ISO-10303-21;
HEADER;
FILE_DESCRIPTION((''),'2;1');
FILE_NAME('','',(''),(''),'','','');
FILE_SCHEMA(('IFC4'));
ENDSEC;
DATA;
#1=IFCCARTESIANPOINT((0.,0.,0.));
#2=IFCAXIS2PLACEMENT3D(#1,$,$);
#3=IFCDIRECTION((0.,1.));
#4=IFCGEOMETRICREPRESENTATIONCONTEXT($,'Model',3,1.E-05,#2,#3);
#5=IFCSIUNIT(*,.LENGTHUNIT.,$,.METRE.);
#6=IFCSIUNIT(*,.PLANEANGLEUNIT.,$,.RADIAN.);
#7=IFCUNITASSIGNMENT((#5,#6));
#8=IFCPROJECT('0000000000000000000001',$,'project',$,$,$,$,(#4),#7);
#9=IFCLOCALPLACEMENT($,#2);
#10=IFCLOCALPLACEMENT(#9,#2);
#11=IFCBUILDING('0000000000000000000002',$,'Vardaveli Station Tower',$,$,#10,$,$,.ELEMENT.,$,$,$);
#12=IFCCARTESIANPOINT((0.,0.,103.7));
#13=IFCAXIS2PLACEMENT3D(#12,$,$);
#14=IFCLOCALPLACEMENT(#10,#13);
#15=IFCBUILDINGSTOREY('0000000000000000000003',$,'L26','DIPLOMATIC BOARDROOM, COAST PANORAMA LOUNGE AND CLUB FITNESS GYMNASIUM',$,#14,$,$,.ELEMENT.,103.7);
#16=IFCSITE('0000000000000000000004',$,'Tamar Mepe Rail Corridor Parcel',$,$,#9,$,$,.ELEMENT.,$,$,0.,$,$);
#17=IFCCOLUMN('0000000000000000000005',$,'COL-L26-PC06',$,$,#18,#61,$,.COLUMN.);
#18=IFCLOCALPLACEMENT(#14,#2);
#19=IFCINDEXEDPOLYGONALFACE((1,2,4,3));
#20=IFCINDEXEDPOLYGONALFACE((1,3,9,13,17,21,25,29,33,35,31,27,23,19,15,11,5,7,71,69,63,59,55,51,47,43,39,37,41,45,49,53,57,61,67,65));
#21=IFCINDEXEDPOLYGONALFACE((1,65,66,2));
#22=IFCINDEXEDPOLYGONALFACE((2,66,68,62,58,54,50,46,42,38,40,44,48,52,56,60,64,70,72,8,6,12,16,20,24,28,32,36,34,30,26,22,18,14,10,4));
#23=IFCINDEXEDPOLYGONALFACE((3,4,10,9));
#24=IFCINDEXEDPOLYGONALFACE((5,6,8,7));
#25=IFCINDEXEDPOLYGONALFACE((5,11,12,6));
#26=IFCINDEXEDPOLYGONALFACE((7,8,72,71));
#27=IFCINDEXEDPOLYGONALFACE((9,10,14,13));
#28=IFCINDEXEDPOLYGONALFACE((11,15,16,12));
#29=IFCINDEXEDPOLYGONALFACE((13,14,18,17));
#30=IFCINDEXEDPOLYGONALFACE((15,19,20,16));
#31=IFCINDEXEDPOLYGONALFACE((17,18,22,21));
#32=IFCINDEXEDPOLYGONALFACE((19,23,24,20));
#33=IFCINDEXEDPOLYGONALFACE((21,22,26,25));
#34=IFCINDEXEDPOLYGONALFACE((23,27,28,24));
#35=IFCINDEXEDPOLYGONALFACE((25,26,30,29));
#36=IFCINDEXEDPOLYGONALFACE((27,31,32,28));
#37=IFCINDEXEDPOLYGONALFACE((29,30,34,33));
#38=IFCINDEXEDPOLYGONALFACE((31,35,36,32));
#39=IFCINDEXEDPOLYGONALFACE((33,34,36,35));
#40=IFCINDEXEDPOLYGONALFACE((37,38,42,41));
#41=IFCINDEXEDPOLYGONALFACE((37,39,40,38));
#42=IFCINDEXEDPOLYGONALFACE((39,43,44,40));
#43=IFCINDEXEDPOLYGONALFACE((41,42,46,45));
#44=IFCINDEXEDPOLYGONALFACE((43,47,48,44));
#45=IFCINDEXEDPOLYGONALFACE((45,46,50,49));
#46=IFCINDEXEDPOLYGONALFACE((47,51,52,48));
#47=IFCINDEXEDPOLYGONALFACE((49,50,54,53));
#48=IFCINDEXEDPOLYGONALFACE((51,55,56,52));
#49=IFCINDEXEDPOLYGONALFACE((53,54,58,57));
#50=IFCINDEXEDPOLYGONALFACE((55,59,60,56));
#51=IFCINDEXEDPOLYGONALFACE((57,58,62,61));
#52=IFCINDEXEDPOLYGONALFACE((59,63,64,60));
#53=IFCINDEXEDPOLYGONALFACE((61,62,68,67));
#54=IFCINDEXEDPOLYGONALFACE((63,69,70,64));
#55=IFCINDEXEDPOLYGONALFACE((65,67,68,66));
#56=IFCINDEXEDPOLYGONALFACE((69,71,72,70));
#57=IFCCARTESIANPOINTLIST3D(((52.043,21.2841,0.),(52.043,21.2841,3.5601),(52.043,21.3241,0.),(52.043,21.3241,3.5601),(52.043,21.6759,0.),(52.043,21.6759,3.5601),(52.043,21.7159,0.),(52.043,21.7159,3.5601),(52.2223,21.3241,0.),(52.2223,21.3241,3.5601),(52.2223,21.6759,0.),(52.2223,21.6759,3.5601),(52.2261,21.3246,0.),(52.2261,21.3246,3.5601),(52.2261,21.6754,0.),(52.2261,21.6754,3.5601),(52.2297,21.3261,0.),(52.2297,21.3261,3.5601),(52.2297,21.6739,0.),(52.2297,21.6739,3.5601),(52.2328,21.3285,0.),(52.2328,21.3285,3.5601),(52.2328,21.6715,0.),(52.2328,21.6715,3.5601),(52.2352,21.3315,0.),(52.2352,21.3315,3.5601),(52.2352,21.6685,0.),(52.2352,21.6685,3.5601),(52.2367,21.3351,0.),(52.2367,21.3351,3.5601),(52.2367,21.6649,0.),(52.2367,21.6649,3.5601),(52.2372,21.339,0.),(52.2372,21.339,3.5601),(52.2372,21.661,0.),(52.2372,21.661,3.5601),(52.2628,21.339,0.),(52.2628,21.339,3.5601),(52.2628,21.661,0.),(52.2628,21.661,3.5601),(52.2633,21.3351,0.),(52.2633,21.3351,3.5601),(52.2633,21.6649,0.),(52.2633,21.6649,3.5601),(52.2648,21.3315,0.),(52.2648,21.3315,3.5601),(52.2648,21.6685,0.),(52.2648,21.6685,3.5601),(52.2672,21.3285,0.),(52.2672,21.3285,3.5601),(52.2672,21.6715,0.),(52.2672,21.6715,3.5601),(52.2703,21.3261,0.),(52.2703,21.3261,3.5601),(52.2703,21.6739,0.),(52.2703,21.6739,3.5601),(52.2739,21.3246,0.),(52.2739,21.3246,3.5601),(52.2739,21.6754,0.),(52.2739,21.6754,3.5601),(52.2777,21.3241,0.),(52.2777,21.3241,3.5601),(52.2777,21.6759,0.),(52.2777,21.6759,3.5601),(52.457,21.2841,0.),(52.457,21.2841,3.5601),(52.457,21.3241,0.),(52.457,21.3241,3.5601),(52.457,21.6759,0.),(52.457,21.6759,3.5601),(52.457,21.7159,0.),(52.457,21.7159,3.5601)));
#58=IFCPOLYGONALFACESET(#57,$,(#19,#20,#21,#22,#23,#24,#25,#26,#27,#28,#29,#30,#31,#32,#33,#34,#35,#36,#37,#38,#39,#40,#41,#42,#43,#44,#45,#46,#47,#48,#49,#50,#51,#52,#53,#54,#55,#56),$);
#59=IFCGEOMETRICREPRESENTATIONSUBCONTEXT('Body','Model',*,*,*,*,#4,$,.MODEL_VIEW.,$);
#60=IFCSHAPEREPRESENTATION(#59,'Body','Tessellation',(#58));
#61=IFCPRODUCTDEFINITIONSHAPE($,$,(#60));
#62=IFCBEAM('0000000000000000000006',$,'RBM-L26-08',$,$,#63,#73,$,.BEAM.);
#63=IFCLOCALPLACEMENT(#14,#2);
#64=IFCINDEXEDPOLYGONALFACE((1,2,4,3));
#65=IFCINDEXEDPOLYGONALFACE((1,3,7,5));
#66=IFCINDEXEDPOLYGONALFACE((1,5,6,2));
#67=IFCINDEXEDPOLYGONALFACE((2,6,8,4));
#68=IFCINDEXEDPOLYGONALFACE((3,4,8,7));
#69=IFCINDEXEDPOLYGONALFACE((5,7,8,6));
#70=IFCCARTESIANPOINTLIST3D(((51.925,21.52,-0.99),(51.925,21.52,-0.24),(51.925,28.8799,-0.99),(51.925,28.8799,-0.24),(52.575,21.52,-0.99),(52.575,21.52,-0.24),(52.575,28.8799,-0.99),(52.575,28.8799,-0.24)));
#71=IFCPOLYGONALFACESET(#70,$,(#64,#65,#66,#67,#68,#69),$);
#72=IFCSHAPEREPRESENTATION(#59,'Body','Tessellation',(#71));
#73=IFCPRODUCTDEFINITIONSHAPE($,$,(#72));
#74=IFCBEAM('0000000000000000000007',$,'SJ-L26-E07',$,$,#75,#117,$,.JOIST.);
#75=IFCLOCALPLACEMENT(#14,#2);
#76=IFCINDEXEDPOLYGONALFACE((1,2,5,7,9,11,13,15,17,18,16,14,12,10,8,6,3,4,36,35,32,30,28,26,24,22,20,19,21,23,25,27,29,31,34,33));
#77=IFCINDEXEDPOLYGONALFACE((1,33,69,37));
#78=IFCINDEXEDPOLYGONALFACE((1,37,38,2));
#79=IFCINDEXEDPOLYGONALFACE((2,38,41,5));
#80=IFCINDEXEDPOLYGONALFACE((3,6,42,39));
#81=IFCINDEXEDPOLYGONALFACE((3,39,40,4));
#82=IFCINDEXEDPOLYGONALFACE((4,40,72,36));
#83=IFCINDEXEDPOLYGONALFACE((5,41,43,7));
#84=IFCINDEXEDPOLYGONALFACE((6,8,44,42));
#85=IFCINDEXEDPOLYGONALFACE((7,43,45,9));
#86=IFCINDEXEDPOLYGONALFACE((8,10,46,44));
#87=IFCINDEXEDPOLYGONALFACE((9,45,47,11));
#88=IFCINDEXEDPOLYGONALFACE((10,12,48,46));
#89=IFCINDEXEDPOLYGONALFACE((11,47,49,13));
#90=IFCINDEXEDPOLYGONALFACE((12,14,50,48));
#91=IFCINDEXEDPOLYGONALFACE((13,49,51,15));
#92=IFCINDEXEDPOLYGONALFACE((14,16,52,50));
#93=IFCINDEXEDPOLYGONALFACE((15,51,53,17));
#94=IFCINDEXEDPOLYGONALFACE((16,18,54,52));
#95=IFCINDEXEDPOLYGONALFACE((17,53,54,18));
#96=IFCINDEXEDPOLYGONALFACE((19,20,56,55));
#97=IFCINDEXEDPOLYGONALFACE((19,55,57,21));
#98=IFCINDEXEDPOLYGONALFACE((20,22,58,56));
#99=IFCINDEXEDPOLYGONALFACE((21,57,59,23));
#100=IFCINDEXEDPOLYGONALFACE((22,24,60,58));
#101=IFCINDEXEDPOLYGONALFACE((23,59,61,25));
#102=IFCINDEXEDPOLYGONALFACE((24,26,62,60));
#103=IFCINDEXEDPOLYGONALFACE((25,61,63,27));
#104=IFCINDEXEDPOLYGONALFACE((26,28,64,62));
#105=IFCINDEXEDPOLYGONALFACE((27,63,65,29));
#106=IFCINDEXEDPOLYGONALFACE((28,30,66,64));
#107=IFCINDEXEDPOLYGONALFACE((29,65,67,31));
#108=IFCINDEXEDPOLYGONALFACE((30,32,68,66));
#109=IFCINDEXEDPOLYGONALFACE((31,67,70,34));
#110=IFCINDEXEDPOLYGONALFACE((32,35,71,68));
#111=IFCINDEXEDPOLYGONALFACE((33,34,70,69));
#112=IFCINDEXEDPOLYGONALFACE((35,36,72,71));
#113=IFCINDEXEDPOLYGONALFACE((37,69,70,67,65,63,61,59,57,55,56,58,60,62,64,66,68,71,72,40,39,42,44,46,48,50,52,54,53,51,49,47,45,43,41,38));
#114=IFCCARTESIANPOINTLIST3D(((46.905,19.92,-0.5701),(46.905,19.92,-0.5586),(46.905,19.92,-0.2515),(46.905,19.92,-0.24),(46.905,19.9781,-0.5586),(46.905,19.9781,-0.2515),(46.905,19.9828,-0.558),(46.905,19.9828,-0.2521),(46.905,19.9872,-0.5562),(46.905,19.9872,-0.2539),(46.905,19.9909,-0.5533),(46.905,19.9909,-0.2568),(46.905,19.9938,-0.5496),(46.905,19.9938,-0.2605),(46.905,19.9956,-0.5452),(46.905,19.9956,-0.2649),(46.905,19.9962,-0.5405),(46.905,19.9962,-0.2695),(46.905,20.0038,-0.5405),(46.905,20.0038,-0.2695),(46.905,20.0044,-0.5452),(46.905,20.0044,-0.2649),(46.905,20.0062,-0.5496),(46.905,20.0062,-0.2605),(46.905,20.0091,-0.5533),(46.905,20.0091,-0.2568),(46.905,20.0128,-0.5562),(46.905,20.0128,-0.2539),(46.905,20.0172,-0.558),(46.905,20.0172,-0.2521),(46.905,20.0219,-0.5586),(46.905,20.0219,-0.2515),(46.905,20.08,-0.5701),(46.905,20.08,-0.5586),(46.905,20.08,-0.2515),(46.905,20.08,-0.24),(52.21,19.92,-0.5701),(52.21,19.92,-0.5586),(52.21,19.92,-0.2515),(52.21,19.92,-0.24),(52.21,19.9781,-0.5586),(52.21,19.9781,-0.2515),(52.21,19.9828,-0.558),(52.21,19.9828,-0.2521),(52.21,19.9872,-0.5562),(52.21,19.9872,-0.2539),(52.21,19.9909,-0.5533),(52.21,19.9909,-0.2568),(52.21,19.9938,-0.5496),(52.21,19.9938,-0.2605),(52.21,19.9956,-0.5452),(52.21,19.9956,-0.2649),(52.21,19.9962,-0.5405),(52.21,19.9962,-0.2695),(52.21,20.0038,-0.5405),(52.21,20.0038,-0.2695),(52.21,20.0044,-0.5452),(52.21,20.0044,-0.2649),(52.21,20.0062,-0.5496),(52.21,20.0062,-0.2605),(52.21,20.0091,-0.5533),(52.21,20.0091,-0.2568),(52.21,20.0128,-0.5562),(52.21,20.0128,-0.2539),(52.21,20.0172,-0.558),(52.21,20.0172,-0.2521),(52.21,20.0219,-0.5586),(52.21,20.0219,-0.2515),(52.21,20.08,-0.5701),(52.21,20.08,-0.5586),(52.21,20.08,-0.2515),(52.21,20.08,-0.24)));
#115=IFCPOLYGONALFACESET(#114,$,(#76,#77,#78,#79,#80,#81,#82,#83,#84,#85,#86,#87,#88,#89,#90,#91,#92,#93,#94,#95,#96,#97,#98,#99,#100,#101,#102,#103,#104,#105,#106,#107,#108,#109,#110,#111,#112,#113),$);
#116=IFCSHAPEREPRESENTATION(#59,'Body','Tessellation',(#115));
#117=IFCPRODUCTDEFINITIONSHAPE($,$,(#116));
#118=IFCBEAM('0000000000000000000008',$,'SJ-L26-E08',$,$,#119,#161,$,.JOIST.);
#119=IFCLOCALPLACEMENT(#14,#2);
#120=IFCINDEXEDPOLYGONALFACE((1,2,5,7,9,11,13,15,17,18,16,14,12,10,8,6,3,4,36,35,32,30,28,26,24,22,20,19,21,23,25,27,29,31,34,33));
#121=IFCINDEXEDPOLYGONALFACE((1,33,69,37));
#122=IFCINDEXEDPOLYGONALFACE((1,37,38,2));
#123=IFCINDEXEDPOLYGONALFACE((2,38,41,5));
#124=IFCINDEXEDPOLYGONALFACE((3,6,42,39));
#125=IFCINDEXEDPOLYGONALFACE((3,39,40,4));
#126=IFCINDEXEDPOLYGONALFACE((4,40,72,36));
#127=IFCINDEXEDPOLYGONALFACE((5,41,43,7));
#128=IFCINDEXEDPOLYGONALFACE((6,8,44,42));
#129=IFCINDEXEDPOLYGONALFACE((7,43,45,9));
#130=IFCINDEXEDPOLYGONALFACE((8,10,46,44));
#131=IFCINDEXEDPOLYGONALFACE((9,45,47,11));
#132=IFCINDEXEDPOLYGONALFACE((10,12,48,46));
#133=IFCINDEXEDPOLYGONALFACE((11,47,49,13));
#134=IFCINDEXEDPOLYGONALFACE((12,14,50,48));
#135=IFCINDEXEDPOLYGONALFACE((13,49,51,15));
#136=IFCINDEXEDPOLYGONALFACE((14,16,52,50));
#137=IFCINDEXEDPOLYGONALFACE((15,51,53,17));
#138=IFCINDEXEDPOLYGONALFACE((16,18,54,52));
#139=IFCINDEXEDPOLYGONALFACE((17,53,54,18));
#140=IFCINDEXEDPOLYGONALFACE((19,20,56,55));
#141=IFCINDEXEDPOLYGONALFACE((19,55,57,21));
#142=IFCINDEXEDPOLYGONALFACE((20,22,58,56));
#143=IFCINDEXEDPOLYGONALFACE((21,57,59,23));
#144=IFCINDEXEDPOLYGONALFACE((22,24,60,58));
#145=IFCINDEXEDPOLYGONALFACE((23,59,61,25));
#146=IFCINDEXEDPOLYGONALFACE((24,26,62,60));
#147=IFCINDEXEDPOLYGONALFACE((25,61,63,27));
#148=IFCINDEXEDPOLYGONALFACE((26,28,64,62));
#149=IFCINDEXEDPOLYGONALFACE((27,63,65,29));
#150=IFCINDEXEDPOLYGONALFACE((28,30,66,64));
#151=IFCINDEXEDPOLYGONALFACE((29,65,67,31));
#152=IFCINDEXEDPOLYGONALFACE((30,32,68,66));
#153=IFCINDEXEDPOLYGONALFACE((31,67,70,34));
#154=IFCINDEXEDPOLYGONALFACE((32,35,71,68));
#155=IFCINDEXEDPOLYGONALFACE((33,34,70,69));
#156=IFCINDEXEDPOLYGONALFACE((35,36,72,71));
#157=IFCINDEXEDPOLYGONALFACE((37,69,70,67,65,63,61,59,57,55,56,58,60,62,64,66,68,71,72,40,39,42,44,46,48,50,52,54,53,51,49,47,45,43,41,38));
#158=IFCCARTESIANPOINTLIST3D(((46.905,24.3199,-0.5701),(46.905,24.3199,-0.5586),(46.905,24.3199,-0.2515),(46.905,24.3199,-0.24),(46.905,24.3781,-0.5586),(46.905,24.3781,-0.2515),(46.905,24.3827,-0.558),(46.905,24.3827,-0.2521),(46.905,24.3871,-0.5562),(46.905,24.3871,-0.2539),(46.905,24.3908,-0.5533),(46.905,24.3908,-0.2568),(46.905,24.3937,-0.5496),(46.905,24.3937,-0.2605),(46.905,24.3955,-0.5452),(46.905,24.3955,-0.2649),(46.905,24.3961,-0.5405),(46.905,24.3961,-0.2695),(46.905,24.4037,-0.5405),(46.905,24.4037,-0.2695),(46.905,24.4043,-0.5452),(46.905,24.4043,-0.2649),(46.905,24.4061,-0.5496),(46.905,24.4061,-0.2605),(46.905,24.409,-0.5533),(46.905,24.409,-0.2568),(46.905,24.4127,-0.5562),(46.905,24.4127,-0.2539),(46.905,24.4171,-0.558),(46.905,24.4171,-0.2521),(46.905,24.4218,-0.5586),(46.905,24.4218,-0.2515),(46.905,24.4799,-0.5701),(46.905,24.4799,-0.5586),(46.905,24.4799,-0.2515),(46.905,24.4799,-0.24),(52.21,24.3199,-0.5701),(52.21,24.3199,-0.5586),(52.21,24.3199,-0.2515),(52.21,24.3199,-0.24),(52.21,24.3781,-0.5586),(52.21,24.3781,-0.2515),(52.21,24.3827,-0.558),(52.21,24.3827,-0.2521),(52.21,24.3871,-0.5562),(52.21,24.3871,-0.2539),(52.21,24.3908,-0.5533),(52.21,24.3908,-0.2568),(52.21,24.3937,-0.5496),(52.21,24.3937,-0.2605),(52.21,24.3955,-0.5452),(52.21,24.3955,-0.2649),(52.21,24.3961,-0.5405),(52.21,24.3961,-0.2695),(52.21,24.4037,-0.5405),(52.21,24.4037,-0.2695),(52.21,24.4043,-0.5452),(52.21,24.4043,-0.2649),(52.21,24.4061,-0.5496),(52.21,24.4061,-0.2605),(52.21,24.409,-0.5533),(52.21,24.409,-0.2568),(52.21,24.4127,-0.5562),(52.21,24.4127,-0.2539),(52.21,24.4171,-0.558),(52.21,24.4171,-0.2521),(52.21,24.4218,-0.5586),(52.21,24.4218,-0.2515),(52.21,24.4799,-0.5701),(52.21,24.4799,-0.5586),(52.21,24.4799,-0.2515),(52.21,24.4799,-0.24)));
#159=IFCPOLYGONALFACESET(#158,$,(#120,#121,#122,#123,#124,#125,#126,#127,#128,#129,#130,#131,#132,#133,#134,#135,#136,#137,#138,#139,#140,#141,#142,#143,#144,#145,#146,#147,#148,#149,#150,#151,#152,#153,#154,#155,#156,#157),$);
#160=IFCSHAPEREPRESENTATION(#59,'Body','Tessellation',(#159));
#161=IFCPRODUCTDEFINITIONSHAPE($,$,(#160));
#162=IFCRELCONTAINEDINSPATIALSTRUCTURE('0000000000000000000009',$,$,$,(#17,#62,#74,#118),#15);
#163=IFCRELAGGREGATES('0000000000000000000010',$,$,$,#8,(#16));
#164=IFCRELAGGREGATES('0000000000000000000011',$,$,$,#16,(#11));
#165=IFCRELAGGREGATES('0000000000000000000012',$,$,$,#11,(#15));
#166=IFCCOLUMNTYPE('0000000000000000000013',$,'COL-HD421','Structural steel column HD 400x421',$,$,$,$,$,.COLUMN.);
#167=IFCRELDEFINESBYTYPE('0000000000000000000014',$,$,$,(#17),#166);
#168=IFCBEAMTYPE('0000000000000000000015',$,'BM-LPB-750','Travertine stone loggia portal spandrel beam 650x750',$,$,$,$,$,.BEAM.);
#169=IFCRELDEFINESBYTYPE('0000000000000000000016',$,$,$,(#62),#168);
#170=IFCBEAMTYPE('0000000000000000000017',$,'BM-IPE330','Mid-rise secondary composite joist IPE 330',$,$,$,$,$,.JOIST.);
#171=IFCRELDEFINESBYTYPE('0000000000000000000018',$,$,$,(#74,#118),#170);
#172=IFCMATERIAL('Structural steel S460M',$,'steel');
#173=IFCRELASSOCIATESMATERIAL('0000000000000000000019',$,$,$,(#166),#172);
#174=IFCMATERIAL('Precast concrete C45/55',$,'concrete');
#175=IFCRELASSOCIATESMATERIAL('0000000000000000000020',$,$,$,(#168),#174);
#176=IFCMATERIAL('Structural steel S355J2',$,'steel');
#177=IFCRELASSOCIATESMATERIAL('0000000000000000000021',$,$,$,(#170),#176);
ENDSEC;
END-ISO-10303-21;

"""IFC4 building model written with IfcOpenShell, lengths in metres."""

from ifc_helpers import new_model, si_unit, direction, frame, origin, origin_2d, place, context, subcontext, project, spatial, rectangle, i_section, extrude, source, transform, mapped, material, material_profile, profile_set, type_object, element, save


model = new_model("IFC4")

# Units and contexts
model_context = context("Model", 3, precision=1e-05, world=origin(), true_north=direction((0.0, 1.0)))
body_context = subcontext(model_context, "Body", "Model", "MODEL_VIEW")
ifc_project = project(units=[si_unit("LENGTHUNIT", "METRE"), si_unit("PLANEANGLEUNIT", "RADIAN")], contexts=[model_context])

# Site, building, storey
site_placement = place(None, origin())
site = spatial("IfcSite", under=ifc_project, at=site_placement, Name="Tamar Mepe Rail Corridor Parcel", CompositionType="ELEMENT", RefElevation=0.0)
building_placement = place(site_placement, origin())
building = spatial("IfcBuilding", under=site, at=building_placement, Name="Vardaveli Station Tower", CompositionType="ELEMENT")
storey_placement = place(building_placement, frame((0.0, 0.0, 103.7)))
storey = spatial("IfcBuildingStorey", under=building, at=storey_placement, Name="L26", Description="DIPLOMATIC BOARDROOM, COAST PANORAMA LOUNGE AND CLUB FITNESS GYMNASIUM", CompositionType="ELEMENT", Elevation=103.7)

# Column
ifc_material_1 = material(Name="Structural steel S460M", Category="steel")
ifc_material_profile_1 = material_profile(ifc_material_1, i_section(OverallWidth=0.4141, OverallDepth=0.4319, WebThickness=0.0256, FlangeThickness=0.04, FilletRadius=0.0149, at=origin_2d()), Name="HD 400x421")
ifc_profile_set_1 = profile_set([ifc_material_profile_1], Name="Structural steel S460M")
column_type = type_object("IfcColumnType", Name="COL-HD421", Description="Structural steel column HD 400x421", PredefinedType="COLUMN", material=ifc_profile_set_1)
shared_shape_1 = source(origin(), body_context, "Body", "SweptSolid", [
    extrude(i_section(OverallWidth=0.4141, OverallDepth=0.4319, WebThickness=0.0256, FlangeThickness=0.04, FilletRadius=0.0149, at=origin_2d()), origin(), (0.0, 0.0, 1.0), 3.5601),
])
column_placement = place(storey_placement, frame((52.25, 21.5, 0.0), z_axis=(0.0, 0.0, 1.0), x_axis=(1.0, 0.0, 0.0)))
element("IfcColumn", 1, at=column_placement, inside=storey, type_object=column_type, Name="COL-L26-PC06", PredefinedType="COLUMN", context=body_context, shape_type="MappedRepresentation", body=[
    mapped(shared_shape_1, transform((0.0, 0.0, 0.0), scale=1.0)),
])

# Beams
ifc_material_2 = material(Name="Precast concrete C45/55", Category="concrete")
ifc_material_profile_2 = material_profile(ifc_material_2, rectangle(XDim=0.6499, YDim=0.75, at=origin_2d()), Name="LPB 650x750")
ifc_profile_set_2 = profile_set([ifc_material_profile_2], Name="Precast concrete C45/55")
beam_type_1 = type_object("IfcBeamType", Name="BM-LPB-750", Description="Travertine stone loggia portal spandrel beam 650x750", PredefinedType="BEAM", material=ifc_profile_set_2)
shared_shape_2 = source(origin(), body_context, "Body", "SweptSolid", [
    extrude(rectangle(XDim=0.6499, YDim=0.75, at=origin_2d()), origin(), (0.0, 0.0, 1.0), 7.3599),
])
beam_1_placement = place(storey_placement, frame((52.25, 21.52, -0.615), z_axis=(0.0, 1.0, 0.0), x_axis=(-1.0, 0.0, 0.0)))
element("IfcBeam", 2, at=beam_1_placement, inside=storey, type_object=beam_type_1, Name="RBM-L26-08", PredefinedType="BEAM", context=body_context, shape_type="MappedRepresentation", body=[
    mapped(shared_shape_2, transform((0.0, 0.0, 0.0), scale=1.0)),
])
ifc_material_3 = material(Name="Structural steel S355J2", Category="steel")
ifc_material_profile_3 = material_profile(ifc_material_3, i_section(OverallWidth=0.1599, OverallDepth=0.3301, WebThickness=0.0076, FlangeThickness=0.0115, FilletRadius=0.0181, at=origin_2d()), Name="IPE 330")
ifc_profile_set_3 = profile_set([ifc_material_profile_3], Name="Structural steel S355J2")
beam_type_2 = type_object("IfcBeamType", Name="BM-IPE330", Description="Mid-rise secondary composite joist IPE 330", PredefinedType="JOIST", material=ifc_profile_set_3)
shared_shape_3 = source(origin(), body_context, "Body", "SweptSolid", [
    extrude(i_section(OverallWidth=0.1599, OverallDepth=0.3301, WebThickness=0.0076, FlangeThickness=0.0115, FilletRadius=0.0181, at=origin_2d()), origin(), (0.0, 0.0, 1.0), 5.3049),
])
for number, where, z_axis, x_axis, name in (
    (3, (46.905, 20.0, -0.405), (1.0, 0.0, 0.0), (0.0, 1.0, 0.0), "SJ-L26-E07"),
    (4, (46.905, 24.3999, -0.405), (1.0, 0.0, 0.0), (0.0, 1.0, 0.0), "SJ-L26-E08"),
):
    element("IfcBeam", number, at=place(storey_placement, frame(where, z_axis=z_axis, x_axis=x_axis)), inside=storey, type_object=beam_type_2, Name=name, PredefinedType="JOIST", context=body_context, shape_type="MappedRepresentation", body=[
        mapped(shared_shape_3, transform((0.0, 0.0, 0.0), scale=1.0)),
    ])

save(model, "model.ifc")
